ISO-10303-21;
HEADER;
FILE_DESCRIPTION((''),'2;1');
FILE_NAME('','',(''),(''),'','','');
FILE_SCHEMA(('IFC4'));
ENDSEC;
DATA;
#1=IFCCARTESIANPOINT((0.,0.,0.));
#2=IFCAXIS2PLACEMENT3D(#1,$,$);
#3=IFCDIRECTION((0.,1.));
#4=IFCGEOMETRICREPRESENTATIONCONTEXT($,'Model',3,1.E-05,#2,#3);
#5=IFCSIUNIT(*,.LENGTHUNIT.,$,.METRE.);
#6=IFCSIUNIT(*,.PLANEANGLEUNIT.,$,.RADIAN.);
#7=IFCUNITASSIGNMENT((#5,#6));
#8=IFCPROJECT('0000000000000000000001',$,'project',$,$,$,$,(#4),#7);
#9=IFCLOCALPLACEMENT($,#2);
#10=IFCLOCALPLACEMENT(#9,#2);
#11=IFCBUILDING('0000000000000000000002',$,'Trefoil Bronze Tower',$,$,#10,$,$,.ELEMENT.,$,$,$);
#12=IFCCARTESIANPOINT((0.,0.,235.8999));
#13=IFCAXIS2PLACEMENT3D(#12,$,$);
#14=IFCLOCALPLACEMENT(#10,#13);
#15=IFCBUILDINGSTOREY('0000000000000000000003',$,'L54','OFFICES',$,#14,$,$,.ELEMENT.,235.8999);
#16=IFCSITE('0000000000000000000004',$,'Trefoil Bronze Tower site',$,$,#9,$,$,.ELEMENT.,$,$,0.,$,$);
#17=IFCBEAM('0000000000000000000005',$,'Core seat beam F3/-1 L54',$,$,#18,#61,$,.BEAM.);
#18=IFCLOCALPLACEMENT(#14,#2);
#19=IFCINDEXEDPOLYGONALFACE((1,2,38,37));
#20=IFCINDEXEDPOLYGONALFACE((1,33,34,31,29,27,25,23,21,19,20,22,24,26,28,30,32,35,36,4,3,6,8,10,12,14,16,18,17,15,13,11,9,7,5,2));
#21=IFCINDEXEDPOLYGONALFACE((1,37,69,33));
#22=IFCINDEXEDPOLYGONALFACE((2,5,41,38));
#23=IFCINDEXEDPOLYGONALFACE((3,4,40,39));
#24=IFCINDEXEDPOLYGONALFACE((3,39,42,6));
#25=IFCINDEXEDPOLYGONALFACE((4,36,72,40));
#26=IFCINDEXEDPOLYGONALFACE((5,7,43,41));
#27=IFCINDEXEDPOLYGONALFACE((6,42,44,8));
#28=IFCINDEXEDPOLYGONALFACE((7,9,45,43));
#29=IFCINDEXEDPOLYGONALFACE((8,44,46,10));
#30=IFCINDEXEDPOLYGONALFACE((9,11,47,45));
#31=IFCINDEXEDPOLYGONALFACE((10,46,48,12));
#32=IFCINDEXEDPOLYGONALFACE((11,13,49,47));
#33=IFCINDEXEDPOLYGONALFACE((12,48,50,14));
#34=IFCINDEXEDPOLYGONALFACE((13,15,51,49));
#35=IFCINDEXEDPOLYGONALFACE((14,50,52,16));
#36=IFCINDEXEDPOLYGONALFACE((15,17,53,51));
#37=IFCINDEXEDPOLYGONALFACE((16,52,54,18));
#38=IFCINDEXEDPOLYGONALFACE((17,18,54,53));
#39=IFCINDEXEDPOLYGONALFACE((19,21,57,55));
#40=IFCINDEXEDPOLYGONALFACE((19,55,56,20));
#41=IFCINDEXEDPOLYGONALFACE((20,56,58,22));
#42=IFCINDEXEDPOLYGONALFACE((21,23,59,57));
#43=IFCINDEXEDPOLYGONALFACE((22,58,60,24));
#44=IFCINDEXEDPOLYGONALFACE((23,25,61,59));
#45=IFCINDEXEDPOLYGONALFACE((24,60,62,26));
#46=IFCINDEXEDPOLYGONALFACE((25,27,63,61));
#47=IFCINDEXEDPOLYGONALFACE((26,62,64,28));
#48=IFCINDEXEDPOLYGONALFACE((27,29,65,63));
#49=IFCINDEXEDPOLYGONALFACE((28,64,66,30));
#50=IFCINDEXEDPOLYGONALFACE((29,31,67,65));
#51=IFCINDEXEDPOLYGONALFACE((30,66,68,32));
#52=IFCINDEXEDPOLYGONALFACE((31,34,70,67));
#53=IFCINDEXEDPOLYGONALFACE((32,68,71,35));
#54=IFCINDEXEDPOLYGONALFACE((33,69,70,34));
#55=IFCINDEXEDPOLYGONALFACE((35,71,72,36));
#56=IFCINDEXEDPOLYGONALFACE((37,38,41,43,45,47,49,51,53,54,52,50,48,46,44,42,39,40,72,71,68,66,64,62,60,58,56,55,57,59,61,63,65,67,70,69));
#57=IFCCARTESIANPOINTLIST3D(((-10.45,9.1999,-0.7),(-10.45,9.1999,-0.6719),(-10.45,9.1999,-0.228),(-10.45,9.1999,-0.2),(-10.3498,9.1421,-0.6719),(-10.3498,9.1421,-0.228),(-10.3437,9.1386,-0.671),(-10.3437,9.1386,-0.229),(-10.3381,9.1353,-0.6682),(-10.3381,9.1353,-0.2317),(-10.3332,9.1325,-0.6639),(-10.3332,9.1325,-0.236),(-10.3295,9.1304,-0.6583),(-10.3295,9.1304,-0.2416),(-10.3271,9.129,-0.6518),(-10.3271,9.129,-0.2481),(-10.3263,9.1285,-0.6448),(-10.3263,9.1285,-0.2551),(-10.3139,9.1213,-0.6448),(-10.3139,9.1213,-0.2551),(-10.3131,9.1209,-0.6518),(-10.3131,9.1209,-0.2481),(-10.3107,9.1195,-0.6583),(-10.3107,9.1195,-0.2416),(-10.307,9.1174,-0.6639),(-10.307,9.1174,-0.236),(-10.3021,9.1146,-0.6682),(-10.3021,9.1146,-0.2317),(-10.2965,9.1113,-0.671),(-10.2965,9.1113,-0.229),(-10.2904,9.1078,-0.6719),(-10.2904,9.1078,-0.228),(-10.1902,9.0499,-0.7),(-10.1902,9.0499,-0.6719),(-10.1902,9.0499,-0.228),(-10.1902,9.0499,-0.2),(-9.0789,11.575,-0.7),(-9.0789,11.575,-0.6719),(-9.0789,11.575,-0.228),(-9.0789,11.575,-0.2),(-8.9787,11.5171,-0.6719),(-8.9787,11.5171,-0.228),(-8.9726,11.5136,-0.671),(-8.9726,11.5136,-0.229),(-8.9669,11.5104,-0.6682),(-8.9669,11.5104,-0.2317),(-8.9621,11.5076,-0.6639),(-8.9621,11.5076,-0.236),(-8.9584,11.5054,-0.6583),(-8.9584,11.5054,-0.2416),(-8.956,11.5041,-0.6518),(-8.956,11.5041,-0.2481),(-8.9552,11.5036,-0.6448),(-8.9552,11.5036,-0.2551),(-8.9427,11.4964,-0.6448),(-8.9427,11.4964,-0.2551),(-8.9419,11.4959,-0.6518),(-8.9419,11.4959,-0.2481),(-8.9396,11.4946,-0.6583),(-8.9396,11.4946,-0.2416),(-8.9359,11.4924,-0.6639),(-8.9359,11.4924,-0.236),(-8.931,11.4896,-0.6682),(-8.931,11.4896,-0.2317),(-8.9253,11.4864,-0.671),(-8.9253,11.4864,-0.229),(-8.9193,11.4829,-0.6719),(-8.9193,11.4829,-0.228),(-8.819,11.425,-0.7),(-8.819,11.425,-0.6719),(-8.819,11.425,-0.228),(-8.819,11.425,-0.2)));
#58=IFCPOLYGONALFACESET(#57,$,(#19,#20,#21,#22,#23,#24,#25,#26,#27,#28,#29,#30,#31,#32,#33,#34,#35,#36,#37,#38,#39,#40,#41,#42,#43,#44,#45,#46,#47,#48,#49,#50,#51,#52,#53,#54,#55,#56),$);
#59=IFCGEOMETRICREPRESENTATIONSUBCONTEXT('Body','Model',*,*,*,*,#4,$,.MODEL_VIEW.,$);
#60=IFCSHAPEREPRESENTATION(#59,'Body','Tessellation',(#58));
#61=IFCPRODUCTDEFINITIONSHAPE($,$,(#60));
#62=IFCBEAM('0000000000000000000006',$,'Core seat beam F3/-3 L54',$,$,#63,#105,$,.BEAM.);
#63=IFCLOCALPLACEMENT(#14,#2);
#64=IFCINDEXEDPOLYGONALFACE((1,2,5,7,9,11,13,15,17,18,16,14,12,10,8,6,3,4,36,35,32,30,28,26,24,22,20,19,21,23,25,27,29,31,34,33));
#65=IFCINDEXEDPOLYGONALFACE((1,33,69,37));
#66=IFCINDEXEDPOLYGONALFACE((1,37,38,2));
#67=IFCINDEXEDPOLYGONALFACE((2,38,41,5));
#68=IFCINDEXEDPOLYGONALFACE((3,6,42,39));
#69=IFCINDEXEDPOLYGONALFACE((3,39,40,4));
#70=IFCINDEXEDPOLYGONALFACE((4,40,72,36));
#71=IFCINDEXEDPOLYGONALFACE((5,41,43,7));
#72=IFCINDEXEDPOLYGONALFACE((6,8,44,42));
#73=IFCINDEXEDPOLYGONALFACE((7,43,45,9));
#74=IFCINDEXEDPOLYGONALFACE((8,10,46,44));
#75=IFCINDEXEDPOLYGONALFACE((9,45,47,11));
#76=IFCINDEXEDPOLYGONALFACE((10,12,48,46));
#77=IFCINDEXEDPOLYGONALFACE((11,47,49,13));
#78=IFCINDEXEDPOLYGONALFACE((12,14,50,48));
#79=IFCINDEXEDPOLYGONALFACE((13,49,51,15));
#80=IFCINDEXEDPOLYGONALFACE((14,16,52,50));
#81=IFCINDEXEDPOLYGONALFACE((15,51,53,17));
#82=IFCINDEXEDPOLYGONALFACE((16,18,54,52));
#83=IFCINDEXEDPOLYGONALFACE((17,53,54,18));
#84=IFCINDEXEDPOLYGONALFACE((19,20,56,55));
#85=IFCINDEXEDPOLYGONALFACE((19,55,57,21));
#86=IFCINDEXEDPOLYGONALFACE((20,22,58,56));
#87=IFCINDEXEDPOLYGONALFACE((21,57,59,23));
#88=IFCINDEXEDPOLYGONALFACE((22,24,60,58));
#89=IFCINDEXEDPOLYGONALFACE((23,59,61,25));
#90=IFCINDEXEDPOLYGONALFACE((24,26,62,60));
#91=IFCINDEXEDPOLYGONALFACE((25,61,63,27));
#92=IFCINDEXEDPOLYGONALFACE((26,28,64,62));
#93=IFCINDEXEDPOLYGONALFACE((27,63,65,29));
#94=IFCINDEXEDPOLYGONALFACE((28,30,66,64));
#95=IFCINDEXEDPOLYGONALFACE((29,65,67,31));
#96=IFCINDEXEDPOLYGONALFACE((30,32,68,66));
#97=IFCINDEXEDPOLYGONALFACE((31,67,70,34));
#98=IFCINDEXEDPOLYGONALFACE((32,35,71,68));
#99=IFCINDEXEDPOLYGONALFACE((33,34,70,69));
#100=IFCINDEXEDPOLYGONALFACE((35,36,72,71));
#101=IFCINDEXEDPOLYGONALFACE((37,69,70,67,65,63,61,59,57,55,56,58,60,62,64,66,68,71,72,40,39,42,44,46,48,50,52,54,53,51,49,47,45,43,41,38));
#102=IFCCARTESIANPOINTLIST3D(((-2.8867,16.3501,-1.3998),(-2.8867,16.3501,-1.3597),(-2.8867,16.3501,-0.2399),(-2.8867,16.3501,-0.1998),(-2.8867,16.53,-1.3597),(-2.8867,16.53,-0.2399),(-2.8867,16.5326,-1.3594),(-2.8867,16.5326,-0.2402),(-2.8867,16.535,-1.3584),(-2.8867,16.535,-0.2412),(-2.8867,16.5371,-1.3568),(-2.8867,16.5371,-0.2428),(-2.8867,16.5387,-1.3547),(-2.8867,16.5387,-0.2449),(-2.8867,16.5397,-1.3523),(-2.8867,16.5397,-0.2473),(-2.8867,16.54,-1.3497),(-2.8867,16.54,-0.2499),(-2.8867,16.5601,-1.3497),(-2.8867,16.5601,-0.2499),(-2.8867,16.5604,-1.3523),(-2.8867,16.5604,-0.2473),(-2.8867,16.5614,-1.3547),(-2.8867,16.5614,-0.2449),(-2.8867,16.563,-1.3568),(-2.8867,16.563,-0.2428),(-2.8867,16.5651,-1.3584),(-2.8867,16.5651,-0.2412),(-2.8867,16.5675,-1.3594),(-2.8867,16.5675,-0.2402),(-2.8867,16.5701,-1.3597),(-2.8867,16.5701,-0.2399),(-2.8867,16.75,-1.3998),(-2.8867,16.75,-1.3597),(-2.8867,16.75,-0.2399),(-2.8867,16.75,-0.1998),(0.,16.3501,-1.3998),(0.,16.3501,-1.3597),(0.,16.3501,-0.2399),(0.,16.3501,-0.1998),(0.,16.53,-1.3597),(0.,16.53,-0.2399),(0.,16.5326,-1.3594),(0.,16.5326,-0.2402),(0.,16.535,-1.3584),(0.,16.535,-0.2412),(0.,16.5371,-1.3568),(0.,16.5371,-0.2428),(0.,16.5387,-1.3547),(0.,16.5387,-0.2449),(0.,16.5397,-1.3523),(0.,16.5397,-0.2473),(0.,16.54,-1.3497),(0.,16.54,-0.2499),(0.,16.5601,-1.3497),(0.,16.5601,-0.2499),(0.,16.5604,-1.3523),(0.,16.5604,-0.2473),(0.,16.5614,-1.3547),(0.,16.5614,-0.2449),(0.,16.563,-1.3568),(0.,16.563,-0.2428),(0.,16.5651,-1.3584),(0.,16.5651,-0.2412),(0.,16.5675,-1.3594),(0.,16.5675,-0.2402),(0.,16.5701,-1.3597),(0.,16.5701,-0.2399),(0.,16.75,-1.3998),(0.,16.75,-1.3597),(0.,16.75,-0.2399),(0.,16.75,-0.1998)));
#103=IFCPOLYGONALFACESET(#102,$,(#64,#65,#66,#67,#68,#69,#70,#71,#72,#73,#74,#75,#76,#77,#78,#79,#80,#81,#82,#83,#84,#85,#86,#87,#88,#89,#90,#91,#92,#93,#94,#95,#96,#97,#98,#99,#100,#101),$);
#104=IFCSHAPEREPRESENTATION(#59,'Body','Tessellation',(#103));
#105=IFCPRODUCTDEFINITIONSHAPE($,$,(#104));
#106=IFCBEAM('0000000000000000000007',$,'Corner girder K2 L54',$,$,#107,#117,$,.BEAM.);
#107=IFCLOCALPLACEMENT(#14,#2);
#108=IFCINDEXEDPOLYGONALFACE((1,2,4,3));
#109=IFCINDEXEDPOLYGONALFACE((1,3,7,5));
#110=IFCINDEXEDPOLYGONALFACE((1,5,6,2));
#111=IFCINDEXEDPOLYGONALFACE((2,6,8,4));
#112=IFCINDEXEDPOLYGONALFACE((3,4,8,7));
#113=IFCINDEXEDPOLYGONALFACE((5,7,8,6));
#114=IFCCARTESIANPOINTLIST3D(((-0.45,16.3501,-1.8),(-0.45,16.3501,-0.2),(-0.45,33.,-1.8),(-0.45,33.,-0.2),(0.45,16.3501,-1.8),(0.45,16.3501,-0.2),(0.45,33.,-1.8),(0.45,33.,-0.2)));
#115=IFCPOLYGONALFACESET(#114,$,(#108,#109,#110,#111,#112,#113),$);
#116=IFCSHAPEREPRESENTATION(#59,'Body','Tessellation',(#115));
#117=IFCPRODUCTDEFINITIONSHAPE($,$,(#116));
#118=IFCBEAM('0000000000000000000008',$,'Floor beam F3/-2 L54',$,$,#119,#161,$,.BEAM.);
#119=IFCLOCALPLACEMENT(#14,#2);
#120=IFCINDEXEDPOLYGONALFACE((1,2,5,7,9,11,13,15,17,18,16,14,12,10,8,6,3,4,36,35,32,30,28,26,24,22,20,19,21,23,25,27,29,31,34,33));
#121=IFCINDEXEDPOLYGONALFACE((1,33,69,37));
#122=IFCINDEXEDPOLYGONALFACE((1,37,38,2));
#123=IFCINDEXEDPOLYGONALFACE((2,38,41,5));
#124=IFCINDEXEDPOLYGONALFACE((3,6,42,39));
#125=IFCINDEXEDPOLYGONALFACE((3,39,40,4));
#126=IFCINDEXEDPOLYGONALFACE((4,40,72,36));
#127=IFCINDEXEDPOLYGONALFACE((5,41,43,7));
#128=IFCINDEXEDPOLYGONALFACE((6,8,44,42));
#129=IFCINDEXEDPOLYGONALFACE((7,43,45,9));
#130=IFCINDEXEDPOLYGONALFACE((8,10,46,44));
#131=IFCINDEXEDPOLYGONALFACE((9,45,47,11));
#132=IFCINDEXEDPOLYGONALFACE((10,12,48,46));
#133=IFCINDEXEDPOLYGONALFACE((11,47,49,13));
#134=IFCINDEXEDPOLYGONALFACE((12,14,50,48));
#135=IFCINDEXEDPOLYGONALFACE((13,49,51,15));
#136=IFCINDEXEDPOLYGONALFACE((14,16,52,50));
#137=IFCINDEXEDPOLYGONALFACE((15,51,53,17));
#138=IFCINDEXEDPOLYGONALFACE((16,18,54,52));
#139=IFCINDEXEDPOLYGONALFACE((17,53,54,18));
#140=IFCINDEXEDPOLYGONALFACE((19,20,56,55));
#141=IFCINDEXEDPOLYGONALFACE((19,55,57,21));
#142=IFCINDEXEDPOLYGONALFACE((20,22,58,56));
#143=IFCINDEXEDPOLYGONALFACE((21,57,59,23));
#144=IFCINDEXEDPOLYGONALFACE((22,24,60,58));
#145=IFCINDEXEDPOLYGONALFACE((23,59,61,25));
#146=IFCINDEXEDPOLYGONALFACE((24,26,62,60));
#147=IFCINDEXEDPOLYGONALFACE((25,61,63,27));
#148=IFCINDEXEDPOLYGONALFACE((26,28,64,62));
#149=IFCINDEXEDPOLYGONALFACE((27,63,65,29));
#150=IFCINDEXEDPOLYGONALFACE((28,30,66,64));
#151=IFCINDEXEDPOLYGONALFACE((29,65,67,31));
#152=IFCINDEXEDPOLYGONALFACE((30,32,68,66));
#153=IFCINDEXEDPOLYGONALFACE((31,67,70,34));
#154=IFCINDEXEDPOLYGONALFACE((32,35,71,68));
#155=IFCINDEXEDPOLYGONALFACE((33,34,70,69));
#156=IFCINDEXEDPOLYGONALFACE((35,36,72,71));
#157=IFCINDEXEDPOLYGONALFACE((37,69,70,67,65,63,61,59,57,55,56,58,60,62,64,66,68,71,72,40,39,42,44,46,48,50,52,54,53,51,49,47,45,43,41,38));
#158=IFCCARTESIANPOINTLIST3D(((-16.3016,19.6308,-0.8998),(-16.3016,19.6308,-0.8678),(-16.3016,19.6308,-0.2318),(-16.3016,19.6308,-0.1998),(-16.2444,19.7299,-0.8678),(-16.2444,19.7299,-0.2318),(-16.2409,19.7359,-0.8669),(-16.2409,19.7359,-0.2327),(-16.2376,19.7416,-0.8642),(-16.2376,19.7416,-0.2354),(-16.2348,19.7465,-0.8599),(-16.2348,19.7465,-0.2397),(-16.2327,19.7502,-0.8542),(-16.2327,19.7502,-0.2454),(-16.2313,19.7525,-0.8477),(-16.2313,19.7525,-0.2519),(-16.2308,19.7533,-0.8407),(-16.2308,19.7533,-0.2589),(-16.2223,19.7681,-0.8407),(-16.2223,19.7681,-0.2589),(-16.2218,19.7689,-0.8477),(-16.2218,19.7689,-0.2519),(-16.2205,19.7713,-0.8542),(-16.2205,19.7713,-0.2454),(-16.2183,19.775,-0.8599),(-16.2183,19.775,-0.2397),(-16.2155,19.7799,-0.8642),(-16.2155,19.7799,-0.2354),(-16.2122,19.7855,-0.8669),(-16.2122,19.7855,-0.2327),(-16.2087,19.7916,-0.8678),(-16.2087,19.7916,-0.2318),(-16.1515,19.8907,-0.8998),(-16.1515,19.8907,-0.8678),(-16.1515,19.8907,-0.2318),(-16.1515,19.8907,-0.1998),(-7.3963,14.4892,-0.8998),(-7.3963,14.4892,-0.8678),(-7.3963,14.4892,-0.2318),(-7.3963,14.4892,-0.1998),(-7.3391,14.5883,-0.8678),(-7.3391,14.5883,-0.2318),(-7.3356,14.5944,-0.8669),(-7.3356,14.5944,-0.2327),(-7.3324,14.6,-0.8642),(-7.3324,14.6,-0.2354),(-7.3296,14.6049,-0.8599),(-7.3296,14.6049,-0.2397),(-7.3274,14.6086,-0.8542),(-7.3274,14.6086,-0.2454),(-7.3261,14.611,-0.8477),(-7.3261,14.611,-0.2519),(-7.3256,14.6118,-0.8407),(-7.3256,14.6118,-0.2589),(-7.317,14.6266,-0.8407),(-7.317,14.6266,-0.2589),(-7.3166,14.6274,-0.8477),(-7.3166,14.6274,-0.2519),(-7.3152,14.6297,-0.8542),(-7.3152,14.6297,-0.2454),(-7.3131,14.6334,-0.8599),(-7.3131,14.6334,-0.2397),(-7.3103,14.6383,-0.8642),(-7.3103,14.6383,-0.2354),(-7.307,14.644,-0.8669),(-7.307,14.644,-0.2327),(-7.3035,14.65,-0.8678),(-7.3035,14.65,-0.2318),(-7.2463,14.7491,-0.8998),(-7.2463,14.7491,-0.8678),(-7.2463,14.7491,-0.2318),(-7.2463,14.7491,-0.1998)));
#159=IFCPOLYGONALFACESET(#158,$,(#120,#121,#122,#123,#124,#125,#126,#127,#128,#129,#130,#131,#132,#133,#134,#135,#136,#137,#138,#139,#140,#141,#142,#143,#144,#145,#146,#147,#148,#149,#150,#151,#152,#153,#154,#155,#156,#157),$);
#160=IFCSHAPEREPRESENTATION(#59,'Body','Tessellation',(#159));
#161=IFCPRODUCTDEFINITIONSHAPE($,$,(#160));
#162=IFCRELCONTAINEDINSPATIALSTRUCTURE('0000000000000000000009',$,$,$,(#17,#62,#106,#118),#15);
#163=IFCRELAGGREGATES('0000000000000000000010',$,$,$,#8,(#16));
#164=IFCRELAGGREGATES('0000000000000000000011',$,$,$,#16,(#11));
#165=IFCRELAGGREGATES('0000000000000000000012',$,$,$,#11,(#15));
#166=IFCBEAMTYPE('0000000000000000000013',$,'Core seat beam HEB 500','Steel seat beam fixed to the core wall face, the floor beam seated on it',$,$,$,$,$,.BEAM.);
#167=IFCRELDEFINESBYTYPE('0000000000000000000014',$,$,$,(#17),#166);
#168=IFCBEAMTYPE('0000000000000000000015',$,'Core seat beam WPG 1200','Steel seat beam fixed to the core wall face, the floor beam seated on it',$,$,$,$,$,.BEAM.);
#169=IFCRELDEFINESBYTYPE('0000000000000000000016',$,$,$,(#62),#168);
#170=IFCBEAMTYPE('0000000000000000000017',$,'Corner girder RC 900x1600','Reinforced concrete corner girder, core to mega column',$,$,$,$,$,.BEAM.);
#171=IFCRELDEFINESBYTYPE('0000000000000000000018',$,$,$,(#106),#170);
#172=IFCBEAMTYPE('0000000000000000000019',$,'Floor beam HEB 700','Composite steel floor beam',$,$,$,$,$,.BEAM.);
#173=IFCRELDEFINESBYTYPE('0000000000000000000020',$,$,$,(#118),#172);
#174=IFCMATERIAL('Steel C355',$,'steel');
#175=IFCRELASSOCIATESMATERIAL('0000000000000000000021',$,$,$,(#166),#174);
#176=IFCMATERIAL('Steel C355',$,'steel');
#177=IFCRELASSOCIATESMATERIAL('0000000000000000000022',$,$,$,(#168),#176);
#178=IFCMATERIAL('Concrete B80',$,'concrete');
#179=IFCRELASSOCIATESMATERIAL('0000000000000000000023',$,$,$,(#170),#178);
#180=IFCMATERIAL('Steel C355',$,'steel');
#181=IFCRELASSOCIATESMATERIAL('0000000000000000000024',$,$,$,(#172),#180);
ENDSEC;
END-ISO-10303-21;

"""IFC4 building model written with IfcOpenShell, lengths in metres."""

from ifc_helpers import new_model, si_unit, direction, frame, origin, origin_2d, place, context, subcontext, project, spatial, rectangle, i_section, extrude, material, material_profile, profile_set, type_object, element, save


model = new_model("IFC4")

# Units and contexts
model_context = context("Model", 3, precision=1e-05, world=origin(), true_north=direction((0.0, 1.0)))
body_context = subcontext(model_context, "Body", "Model", "MODEL_VIEW")
ifc_project = project(units=[si_unit("LENGTHUNIT", "METRE"), si_unit("PLANEANGLEUNIT", "RADIAN")], contexts=[model_context])

# Site, building, storey
site_placement = place(None, origin())
site = spatial("IfcSite", under=ifc_project, at=site_placement, Name="Trefoil Bronze Tower site", CompositionType="ELEMENT", RefElevation=0.0)
building_placement = place(site_placement, origin())
building = spatial("IfcBuilding", under=site, at=building_placement, Name="Trefoil Bronze Tower", CompositionType="ELEMENT")
storey_placement = place(building_placement, frame((0.0, 0.0, 235.8999)))
storey = spatial("IfcBuildingStorey", under=building, at=storey_placement, Name="L54", Description="OFFICES", CompositionType="ELEMENT", Elevation=235.8999)

# Beams
ifc_material_1 = material(Name="Steel C355", Category="steel")
ifc_material_profile_1 = material_profile(ifc_material_1, i_section(OverallWidth=0.3, OverallDepth=0.5, WebThickness=0.0144, FlangeThickness=0.0281, FilletRadius=0.0271, at=origin_2d()), Name="HEB 500")
ifc_profile_set_1 = profile_set([ifc_material_profile_1], Name="Steel C355")
beam_type_1 = type_object("IfcBeamType", Name="Core seat beam HEB 500", Description="Steel seat beam fixed to the core wall face, the floor beam seated on it", PredefinedType="BEAM", material=ifc_profile_set_1)
for number, where, z_axis, x_axis, name in (
    (1, (-8.949, 11.5, -0.45), (-0.499969, -0.866043, 0.0), (0.866043, -0.499969, 0.0), "Core seat beam F3/-1 L54"),
):
    element("IfcBeam", number, at=place(storey_placement, frame(where, z_axis=z_axis, x_axis=x_axis)), inside=storey, type_object=beam_type_1, Name=name, PredefinedType="BEAM", context=body_context, shape_type="SweptSolid", body=[
        extrude(i_section(OverallWidth=0.3, OverallDepth=0.5, WebThickness=0.0144, FlangeThickness=0.0281, FilletRadius=0.0271, at=origin_2d()), origin(), (0.0, 0.0, 1.0), 2.7424),
    ])
ifc_material_2 = material(Name="Steel C355", Category="steel")
ifc_material_profile_2 = material_profile(ifc_material_2, i_section(OverallWidth=0.3999, OverallDepth=1.2, WebThickness=0.02, FlangeThickness=0.04, FilletRadius=0.01, at=origin_2d()), Name="WPG 1200")
ifc_profile_set_2 = profile_set([ifc_material_profile_2], Name="Steel C355")
beam_type_2 = type_object("IfcBeamType", Name="Core seat beam WPG 1200", Description="Steel seat beam fixed to the core wall face, the floor beam seated on it", PredefinedType="BEAM", material=ifc_profile_set_2)
beam_1_placement = place(storey_placement, frame((0.0, 16.55, -0.7998), z_axis=(-1.0, 0.0, 0.0), x_axis=(0.0, -1.0, 0.0)))
element("IfcBeam", 2, at=beam_1_placement, inside=storey, type_object=beam_type_2, Name="Core seat beam F3/-3 L54", PredefinedType="BEAM", context=body_context, shape_type="SweptSolid", body=[
    extrude(i_section(OverallWidth=0.3999, OverallDepth=1.2, WebThickness=0.02, FlangeThickness=0.04, FilletRadius=0.01, at=origin_2d()), origin(), (0.0, 0.0, 1.0), 2.8867),
])
ifc_material_3 = material(Name="Concrete B80", Category="concrete")
ifc_material_profile_3 = material_profile(ifc_material_3, rectangle(XDim=0.8999, YDim=1.6001, at=origin_2d()), Name="RC 900x1600")
ifc_profile_set_3 = profile_set([ifc_material_profile_3], Name="Concrete B80")
beam_type_3 = type_object("IfcBeamType", Name="Corner girder RC 900x1600", Description="Reinforced concrete corner girder, core to mega column", PredefinedType="BEAM", material=ifc_profile_set_3)
beam_2_placement = place(storey_placement, frame((0.0, 16.3501, -1.0), z_axis=(0.0, 1.0, 0.0), x_axis=(-1.0, 0.0, 0.0)))
element("IfcBeam", 3, at=beam_2_placement, inside=storey, type_object=beam_type_3, Name="Corner girder K2 L54", PredefinedType="BEAM", context=body_context, shape_type="SweptSolid", body=[
    extrude(rectangle(XDim=0.8999, YDim=1.6001, at=origin_2d()), origin(), (0.0, 0.0, 1.0), 16.6499),
])
ifc_material_4 = material(Name="Steel C355", Category="steel")
ifc_material_profile_4 = material_profile(ifc_material_4, i_section(OverallWidth=0.3, OverallDepth=0.7, WebThickness=0.0171, FlangeThickness=0.032, FilletRadius=0.0271, at=origin_2d()), Name="HEB 700")
ifc_profile_set_4 = profile_set([ifc_material_profile_4], Name="Steel C355")
beam_type_4 = type_object("IfcBeamType", Name="Floor beam HEB 700", Description="Composite steel floor beam", PredefinedType="BEAM", material=ifc_profile_set_4)
beam_3_placement = place(storey_placement, frame((-16.2266, 19.7607, -0.5498), z_axis=(0.86602, -0.50001, 0.0), x_axis=(0.50001, 0.86602, 0.0)))
element("IfcBeam", 4, at=beam_3_placement, inside=storey, type_object=beam_type_4, Name="Floor beam F3/-2 L54", PredefinedType="BEAM", context=body_context, shape_type="SweptSolid", body=[
    extrude(i_section(OverallWidth=0.3, OverallDepth=0.7, WebThickness=0.0171, FlangeThickness=0.032, FilletRadius=0.0271, at=origin_2d()), origin(), (0.0, 0.0, 1.0), 10.283),
])

save(model, "model.ifc")
